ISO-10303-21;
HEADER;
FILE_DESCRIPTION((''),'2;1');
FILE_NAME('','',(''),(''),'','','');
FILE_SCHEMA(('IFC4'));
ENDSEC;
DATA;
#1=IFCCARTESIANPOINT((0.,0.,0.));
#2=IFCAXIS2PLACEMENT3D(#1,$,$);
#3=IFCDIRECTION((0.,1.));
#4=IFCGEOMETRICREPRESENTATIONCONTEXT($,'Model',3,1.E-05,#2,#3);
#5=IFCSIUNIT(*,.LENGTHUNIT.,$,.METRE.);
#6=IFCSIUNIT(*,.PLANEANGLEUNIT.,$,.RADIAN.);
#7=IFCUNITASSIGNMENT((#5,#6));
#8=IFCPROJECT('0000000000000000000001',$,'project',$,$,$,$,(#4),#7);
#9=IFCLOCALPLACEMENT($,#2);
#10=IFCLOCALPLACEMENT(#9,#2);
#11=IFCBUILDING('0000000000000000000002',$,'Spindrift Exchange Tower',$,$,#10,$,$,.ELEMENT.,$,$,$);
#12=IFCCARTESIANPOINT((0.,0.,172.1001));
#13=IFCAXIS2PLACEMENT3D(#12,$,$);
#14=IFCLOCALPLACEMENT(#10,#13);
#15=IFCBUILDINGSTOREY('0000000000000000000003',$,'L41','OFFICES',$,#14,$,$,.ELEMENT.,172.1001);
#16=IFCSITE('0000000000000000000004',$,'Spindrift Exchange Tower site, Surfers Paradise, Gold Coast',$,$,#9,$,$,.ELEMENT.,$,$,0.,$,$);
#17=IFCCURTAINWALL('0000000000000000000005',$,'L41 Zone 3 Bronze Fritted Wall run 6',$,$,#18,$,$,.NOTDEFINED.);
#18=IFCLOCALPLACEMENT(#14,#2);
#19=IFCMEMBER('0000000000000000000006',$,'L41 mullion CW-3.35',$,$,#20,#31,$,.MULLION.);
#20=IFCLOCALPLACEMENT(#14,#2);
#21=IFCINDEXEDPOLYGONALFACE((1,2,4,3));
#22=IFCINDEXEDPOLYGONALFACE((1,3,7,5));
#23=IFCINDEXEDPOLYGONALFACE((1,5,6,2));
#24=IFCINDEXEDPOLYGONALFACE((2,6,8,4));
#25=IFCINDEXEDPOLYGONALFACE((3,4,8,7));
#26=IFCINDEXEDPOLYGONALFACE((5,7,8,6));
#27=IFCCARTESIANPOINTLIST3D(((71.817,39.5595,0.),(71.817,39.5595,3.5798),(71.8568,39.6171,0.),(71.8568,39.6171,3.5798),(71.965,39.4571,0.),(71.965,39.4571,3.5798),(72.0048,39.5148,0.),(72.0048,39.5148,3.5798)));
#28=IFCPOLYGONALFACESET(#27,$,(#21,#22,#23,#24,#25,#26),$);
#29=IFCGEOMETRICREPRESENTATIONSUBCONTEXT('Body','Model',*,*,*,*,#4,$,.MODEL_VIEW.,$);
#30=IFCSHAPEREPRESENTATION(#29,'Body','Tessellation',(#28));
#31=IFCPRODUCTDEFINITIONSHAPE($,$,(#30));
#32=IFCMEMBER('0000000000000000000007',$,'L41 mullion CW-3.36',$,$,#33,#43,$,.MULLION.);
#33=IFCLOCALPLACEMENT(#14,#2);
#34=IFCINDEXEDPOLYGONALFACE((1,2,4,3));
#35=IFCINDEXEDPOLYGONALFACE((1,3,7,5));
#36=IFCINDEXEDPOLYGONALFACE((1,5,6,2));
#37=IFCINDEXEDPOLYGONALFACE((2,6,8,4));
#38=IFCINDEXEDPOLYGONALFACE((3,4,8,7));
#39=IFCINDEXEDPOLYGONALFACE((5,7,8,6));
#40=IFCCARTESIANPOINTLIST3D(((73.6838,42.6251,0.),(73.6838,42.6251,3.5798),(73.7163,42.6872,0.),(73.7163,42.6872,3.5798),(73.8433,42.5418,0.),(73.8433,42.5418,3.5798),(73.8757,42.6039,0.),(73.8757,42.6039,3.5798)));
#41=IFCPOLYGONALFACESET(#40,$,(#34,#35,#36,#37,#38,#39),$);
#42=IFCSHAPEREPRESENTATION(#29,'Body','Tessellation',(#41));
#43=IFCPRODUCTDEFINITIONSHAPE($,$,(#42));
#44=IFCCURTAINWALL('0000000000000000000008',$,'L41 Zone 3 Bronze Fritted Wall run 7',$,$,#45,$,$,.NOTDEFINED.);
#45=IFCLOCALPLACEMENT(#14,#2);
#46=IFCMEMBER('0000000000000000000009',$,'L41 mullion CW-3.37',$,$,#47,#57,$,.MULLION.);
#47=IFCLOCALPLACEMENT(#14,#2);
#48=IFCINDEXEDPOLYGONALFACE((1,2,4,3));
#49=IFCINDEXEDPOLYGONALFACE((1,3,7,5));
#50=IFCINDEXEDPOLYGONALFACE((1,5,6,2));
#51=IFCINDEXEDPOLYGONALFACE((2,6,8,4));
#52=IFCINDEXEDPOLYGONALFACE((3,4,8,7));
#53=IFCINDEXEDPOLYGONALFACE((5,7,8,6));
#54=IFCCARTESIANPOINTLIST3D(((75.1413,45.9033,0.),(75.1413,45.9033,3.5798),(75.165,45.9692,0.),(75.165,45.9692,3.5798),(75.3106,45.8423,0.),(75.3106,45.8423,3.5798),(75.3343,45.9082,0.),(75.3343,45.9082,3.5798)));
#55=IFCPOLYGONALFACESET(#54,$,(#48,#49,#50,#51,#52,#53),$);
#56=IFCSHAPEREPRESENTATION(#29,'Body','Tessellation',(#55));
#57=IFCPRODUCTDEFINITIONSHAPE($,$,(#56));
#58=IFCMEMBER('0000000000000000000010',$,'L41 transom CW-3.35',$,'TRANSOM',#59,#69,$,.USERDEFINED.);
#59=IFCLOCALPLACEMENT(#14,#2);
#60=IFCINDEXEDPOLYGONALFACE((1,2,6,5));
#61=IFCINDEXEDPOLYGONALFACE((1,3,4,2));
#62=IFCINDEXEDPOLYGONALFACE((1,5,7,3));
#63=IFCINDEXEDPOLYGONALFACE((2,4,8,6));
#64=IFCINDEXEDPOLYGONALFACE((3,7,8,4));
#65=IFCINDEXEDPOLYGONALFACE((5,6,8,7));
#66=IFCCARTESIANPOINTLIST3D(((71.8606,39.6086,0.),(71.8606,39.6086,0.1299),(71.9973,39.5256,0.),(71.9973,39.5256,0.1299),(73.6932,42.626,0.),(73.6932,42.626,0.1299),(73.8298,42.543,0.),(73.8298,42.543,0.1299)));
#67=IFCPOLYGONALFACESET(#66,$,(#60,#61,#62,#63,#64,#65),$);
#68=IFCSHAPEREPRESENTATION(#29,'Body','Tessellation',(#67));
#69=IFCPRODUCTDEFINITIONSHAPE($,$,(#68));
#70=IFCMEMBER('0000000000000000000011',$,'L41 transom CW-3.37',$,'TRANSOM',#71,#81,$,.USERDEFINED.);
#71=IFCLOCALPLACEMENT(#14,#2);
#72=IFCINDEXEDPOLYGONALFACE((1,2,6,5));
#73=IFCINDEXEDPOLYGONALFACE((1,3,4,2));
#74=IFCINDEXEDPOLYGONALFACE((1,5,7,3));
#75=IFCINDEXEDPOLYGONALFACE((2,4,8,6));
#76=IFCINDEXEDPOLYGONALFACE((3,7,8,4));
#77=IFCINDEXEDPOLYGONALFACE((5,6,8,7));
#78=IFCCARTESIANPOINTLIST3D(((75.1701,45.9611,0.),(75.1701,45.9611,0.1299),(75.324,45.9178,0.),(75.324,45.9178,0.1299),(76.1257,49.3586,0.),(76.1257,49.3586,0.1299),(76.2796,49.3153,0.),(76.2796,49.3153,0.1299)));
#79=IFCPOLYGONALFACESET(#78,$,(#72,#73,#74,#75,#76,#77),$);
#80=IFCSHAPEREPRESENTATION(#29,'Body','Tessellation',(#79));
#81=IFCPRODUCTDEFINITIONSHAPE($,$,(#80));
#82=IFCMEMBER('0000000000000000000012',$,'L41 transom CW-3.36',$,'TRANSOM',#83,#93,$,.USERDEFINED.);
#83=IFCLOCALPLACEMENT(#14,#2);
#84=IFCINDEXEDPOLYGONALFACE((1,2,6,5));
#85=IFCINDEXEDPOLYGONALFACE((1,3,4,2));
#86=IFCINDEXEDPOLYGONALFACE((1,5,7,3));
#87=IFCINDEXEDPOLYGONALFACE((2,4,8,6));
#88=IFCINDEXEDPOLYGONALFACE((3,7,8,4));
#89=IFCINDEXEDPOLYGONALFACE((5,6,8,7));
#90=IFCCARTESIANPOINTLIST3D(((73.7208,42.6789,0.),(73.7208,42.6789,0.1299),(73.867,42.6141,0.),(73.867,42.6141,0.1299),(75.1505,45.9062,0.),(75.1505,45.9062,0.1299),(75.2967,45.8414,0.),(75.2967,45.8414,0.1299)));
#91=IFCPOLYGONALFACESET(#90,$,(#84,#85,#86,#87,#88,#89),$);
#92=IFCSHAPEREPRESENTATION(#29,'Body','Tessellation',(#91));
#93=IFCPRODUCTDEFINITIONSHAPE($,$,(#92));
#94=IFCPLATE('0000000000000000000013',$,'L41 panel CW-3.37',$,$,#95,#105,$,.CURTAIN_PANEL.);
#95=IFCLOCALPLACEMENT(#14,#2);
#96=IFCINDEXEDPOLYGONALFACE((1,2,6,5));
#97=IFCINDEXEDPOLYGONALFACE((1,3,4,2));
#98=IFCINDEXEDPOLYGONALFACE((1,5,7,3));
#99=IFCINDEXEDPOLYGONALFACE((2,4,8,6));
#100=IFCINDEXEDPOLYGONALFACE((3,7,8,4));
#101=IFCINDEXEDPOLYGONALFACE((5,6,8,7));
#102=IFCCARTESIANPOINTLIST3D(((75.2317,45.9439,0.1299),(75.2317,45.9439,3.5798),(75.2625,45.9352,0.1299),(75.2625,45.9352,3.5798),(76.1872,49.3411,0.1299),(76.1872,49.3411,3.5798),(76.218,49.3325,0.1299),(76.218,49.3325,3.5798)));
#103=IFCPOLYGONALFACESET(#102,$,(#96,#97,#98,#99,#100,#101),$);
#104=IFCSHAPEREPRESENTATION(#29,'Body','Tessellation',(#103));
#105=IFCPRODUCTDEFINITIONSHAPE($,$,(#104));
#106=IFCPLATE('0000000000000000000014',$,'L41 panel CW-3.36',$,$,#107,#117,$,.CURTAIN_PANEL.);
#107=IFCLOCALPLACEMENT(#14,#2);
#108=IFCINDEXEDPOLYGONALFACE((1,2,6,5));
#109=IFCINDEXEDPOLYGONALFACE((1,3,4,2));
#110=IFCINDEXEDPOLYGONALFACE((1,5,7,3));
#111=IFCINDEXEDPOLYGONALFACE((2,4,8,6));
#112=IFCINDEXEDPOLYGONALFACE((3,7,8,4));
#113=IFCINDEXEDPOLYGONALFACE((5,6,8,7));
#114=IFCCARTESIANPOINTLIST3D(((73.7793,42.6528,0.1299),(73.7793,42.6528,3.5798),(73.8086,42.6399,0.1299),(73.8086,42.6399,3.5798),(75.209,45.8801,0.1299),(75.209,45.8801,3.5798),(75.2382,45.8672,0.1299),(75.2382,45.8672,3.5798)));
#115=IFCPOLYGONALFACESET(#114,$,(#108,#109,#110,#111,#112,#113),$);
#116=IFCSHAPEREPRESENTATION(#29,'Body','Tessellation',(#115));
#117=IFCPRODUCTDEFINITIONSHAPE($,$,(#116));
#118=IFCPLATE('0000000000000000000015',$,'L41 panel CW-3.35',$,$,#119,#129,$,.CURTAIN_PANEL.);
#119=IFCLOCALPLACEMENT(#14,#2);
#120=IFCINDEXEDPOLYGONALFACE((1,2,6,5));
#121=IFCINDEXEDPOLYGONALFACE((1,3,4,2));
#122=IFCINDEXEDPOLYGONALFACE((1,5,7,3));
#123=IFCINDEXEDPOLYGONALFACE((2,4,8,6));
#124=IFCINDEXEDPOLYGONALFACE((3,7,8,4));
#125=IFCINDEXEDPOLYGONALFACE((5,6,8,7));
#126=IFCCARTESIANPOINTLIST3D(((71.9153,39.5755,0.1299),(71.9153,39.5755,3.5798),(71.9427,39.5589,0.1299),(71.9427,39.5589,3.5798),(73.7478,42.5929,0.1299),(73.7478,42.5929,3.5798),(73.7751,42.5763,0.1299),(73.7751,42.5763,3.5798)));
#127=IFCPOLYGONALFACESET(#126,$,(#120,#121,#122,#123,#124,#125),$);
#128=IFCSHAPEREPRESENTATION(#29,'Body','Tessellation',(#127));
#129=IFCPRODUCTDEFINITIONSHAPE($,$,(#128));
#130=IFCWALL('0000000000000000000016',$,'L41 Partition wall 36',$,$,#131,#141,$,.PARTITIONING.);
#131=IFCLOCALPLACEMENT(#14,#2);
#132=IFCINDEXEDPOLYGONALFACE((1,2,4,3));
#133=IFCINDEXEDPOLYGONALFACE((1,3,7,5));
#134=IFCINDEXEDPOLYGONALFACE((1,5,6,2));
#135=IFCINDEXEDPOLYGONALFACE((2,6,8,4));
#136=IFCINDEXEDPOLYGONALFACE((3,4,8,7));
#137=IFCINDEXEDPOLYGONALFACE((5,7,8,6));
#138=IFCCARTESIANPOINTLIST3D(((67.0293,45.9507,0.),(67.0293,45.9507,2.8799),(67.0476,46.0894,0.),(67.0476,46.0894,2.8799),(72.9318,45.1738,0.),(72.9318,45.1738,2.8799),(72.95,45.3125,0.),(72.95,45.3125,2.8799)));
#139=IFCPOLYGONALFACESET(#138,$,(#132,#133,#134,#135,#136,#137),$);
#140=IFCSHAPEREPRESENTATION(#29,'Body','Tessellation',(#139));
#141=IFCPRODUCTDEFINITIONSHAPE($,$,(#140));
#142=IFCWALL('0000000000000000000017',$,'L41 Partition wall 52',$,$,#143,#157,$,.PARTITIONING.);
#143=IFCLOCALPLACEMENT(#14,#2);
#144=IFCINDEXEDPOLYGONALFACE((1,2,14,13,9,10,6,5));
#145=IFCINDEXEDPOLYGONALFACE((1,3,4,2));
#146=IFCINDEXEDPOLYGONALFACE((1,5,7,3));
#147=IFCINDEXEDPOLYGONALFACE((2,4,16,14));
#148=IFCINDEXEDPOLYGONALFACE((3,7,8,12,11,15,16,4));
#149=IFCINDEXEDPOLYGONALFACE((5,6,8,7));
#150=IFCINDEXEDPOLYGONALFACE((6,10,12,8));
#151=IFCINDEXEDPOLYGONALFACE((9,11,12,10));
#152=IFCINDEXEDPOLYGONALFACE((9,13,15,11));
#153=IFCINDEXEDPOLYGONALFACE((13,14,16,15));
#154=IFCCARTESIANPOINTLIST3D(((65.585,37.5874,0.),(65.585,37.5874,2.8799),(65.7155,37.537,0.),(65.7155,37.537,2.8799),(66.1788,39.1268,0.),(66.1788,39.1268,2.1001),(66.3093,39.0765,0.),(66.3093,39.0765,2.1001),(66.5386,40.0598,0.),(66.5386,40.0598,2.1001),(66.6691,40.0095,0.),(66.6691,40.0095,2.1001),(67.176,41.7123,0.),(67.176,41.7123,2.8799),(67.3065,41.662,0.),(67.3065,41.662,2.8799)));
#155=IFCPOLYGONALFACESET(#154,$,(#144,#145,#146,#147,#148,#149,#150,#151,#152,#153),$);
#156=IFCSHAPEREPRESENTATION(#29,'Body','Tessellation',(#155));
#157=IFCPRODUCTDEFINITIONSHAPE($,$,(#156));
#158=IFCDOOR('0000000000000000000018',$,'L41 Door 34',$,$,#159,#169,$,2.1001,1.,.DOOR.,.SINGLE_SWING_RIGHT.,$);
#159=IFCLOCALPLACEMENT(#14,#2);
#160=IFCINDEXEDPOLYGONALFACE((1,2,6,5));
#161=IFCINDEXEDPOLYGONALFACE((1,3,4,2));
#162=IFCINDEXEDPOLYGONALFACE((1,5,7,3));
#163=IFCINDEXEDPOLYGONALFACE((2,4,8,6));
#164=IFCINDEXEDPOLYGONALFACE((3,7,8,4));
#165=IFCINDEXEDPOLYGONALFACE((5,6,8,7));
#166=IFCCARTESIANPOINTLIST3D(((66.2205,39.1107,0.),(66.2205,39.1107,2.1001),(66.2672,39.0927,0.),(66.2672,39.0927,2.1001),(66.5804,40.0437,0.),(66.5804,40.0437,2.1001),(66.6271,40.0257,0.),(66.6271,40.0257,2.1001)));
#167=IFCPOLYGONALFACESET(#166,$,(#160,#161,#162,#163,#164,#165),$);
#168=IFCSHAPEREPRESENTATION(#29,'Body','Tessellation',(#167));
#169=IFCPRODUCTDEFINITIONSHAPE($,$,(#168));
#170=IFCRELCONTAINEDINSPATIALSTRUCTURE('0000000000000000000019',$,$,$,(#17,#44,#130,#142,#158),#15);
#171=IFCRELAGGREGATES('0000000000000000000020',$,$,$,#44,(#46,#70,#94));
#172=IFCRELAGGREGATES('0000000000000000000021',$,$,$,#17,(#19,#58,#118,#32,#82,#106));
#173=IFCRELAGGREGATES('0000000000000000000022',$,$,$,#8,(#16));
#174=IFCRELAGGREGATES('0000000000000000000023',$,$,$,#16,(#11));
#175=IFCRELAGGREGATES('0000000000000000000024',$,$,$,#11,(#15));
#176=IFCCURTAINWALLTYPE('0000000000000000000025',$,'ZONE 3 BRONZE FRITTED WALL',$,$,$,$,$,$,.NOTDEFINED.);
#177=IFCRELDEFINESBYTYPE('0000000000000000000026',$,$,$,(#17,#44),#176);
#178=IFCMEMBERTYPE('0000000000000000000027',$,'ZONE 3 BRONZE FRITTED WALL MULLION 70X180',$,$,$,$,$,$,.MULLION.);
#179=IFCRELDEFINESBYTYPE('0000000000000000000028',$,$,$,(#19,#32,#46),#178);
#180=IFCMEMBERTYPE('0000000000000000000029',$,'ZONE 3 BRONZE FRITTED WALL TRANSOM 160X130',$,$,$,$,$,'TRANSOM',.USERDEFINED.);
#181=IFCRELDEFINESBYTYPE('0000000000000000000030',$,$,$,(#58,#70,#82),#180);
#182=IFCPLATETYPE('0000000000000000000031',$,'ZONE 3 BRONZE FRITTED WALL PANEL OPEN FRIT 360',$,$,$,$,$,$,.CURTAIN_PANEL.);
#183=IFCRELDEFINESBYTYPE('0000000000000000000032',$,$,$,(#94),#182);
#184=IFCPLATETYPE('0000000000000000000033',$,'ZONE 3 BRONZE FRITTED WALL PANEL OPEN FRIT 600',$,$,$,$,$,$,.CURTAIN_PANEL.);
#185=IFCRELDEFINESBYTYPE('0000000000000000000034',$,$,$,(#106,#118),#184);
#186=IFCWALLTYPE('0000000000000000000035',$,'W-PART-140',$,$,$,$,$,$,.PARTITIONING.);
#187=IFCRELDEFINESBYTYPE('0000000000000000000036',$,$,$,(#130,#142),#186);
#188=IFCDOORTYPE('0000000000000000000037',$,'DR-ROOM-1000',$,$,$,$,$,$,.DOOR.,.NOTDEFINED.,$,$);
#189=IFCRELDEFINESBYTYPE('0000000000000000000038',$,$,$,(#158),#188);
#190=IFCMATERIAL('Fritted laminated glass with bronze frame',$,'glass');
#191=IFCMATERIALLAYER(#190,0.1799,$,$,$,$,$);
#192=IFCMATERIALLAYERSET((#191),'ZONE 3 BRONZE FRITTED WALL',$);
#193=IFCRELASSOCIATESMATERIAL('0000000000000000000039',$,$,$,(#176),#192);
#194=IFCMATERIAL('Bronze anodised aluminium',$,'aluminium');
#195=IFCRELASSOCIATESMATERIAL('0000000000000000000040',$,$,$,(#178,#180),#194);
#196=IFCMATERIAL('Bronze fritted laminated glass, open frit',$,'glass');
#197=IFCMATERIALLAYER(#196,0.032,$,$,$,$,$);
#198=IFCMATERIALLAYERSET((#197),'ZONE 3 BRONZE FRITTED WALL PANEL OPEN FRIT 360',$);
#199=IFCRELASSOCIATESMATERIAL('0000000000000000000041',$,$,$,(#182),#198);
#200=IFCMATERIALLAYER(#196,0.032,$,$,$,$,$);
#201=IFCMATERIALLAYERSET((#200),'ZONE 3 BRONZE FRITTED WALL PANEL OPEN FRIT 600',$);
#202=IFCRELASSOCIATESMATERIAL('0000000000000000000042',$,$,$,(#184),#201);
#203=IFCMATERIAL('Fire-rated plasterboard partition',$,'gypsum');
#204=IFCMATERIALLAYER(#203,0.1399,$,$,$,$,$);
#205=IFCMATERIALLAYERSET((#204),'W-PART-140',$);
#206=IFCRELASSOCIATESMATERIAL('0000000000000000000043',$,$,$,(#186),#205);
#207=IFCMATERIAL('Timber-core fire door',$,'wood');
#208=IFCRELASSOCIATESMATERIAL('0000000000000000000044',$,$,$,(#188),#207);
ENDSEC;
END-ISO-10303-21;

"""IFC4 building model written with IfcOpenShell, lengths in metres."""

from ifc_helpers import new_model, si_unit, direction, frame, frame_2d, origin, origin_2d, place, context, subcontext, project, spatial, rectangle, extrude, source, transform, mapped, material, layer, layer_set, material_profile, profile_set, type_object, element, fill, aggregate, save


model = new_model("IFC4")

# Units and contexts
model_context = context("Model", 3, precision=1e-05, world=origin(), true_north=direction((0.0, 1.0)))
body_context = subcontext(model_context, "Body", "Model", "MODEL_VIEW")
ifc_project = project(units=[si_unit("LENGTHUNIT", "METRE"), si_unit("PLANEANGLEUNIT", "RADIAN")], contexts=[model_context])

# Site, building, storey
site_placement = place(None, origin())
site = spatial("IfcSite", under=ifc_project, at=site_placement, Name="Spindrift Exchange Tower site, Surfers Paradise, Gold Coast", CompositionType="ELEMENT", RefElevation=0.0)
building_placement = place(site_placement, origin())
building = spatial("IfcBuilding", under=site, at=building_placement, Name="Spindrift Exchange Tower", CompositionType="ELEMENT")
storey_placement = place(building_placement, frame((0.0, 0.0, 172.1001)))
storey = spatial("IfcBuildingStorey", under=building, at=storey_placement, Name="L41", Description="OFFICES", CompositionType="ELEMENT", Elevation=172.1001)

# Curtain wall, members
ifc_material_1 = material(Name="Fritted laminated glass with bronze frame", Category="glass")
ifc_layer_1 = layer(ifc_material_1, 0.1799)
ifc_layer_set_1 = layer_set([ifc_layer_1], Name="ZONE 3 BRONZE FRITTED WALL")
curtain_wall_type = type_object("IfcCurtainWallType", Name="ZONE 3 BRONZE FRITTED WALL", PredefinedType="NOTDEFINED", material=ifc_layer_set_1)
curtain_wall_1_placement = place(storey_placement, origin())
curtain_wall_1 = element("IfcCurtainWall", 1, at=curtain_wall_1_placement, inside=storey, type_object=curtain_wall_type, Name="L41 Zone 3 Bronze Fritted Wall run 6", PredefinedType="NOTDEFINED")
ifc_material_2 = material(Name="Bronze anodised aluminium", Category="aluminium")
ifc_material_profile_1 = material_profile(ifc_material_2, rectangle(XDim=0.0701, YDim=0.1799, at=origin_2d()), Name="ZONE 3 BRONZE FRITTED WALL MULLION 70X180")
ifc_profile_set_1 = profile_set([ifc_material_profile_1], Name="Bronze anodised aluminium")
member_type_1 = type_object("IfcMemberType", Name="ZONE 3 BRONZE FRITTED WALL MULLION 70X180", PredefinedType="MULLION", material=ifc_profile_set_1)
shared_shape_1 = source(origin(), body_context, "Body", "SweptSolid", [
    extrude(rectangle(XDim=0.0701, YDim=0.1799, at=origin_2d()), origin(), (0.0, 0.0, 1.0), 3.5798),
])
member_1_placement = place(storey_placement, frame((71.9109, 39.5371, 0.0), z_axis=(0.0, 0.0, 1.0), x_axis=(0.568699, 0.822546, 0.0)))
member_1 = element("IfcMember", 2, at=member_1_placement, type_object=member_type_1, Name="L41 mullion CW-3.35", PredefinedType="MULLION", context=body_context, shape_type="MappedRepresentation", body=[
    mapped(shared_shape_1, transform((0.0, 0.0, 0.0), scale=1.0)),
])
member_2_placement = place(storey_placement, frame((73.7798, 42.6145, 0.0), z_axis=(0.0, 0.0, 1.0), x_axis=(0.463005, 0.886356, 0.0)))
member_2 = element("IfcMember", 3, at=member_2_placement, type_object=member_type_1, Name="L41 mullion CW-3.36", PredefinedType="MULLION", context=body_context, shape_type="MappedRepresentation", body=[
    mapped(shared_shape_1, transform((0.0, 0.0, 0.0), scale=1.0)),
])

# Curtain wall, member
curtain_wall_2_placement = place(storey_placement, origin())
curtain_wall_2 = element("IfcCurtainWall", 4, at=curtain_wall_2_placement, inside=storey, type_object=curtain_wall_type, Name="L41 Zone 3 Bronze Fritted Wall run 7", PredefinedType="NOTDEFINED")
member_3_placement = place(storey_placement, frame((75.2378, 45.9058, 0.0), z_axis=(0.0, 0.0, 1.0), x_axis=(0.338743, 0.940879, 0.0)))
member_3 = element("IfcMember", 5, at=member_3_placement, type_object=member_type_1, Name="L41 mullion CW-3.37", PredefinedType="MULLION", context=body_context, shape_type="MappedRepresentation", body=[
    mapped(shared_shape_1, transform((0.0, 0.0, 0.0), scale=1.0)),
])

# Members
ifc_material_profile_2 = material_profile(ifc_material_2, rectangle(XDim=0.1599, YDim=0.1299, at=origin_2d()), Name="ZONE 3 BRONZE FRITTED WALL TRANSOM 160X130")
ifc_profile_set_2 = profile_set([ifc_material_profile_2], Name="Bronze anodised aluminium")
member_type_2 = type_object("IfcMemberType", Name="ZONE 3 BRONZE FRITTED WALL TRANSOM 160X130", ElementType="TRANSOM", PredefinedType="USERDEFINED", material=ifc_profile_set_2)
shared_shape_2 = source(origin(), body_context, "Body", "SweptSolid", [
    extrude(rectangle(XDim=0.1599, YDim=0.1299, at=origin_2d()), origin(), (0.0, 0.0, 1.0), 3.5303),
])
member_4_placement = place(storey_placement, frame((71.929, 39.5671, 0.0649), z_axis=(0.519095, 0.854716, 0.0), x_axis=(-0.854716, 0.519095, 0.0)))
member_4 = element("IfcMember", 6, at=member_4_placement, type_object=member_type_2, Name="L41 transom CW-3.35", ObjectType="TRANSOM", PredefinedType="USERDEFINED", context=body_context, shape_type="MappedRepresentation", body=[
    mapped(shared_shape_2, transform((0.0, 0.0, 0.0), scale=1.0)),
])
shared_shape_3 = source(origin(), body_context, "Body", "SweptSolid", [
    extrude(rectangle(XDim=0.1599, YDim=0.1299, at=origin_2d()), origin(), (0.0, 0.0, 1.0), 3.5293),
])
member_5_placement = place(storey_placement, frame((75.2471, 45.9395, 0.0649), z_axis=(0.270754, 0.962649, 0.0), x_axis=(-0.962649, 0.270754, 0.0)))
member_5 = element("IfcMember", 7, at=member_5_placement, type_object=member_type_2, Name="L41 transom CW-3.37", ObjectType="TRANSOM", PredefinedType="USERDEFINED", context=body_context, shape_type="MappedRepresentation", body=[
    mapped(shared_shape_3, transform((0.0, 0.0, 0.0), scale=1.0)),
])
shared_shape_4 = source(origin(), body_context, "Body", "SweptSolid", [
    extrude(rectangle(XDim=0.1599, YDim=0.1299, at=origin_2d()), origin(), (0.0, 0.0, 1.0), 3.5298),
])
member_6_placement = place(storey_placement, frame((73.7939, 42.6465, 0.0649), z_axis=(0.405034, 0.914301, 0.0), x_axis=(-0.914301, 0.405034, 0.0)))
member_6 = element("IfcMember", 8, at=member_6_placement, type_object=member_type_2, Name="L41 transom CW-3.36", ObjectType="TRANSOM", PredefinedType="USERDEFINED", context=body_context, shape_type="MappedRepresentation", body=[
    mapped(shared_shape_4, transform((0.0, 0.0, 0.0), scale=1.0)),
])

# Plates
ifc_material_3 = material(Name="Bronze fritted laminated glass, open frit", Category="glass")
ifc_layer_2 = layer(ifc_material_3, 0.032)
ifc_layer_set_2 = layer_set([ifc_layer_2], Name="ZONE 3 BRONZE FRITTED WALL PANEL OPEN FRIT 360")
plate_type_1 = type_object("IfcPlateType", Name="ZONE 3 BRONZE FRITTED WALL PANEL OPEN FRIT 360", PredefinedType="CURTAIN_PANEL", material=ifc_layer_set_2)
shared_shape_5 = source(origin(), body_context, "Body", "SweptSolid", [
    extrude(rectangle(XDim=3.5291, YDim=0.032, at=origin_2d()), origin(), (0.0, 0.0, 1.0), 3.45),
])
plate_1_placement = place(storey_placement, frame((75.7249, 47.6382, 0.1299), z_axis=(0.0, 0.0, 1.0), x_axis=(0.270733, 0.962654, 0.0)))
plate_1 = element("IfcPlate", 9, at=plate_1_placement, type_object=plate_type_1, Name="L41 panel CW-3.37", PredefinedType="CURTAIN_PANEL", context=body_context, shape_type="MappedRepresentation", body=[
    mapped(shared_shape_5, transform((0.0, 0.0, 0.0), scale=1.0)),
])
aggregate(curtain_wall_2, [member_3, member_5, plate_1])
ifc_layer_3 = layer(ifc_material_3, 0.032)
ifc_layer_set_3 = layer_set([ifc_layer_3], Name="ZONE 3 BRONZE FRITTED WALL PANEL OPEN FRIT 600")
plate_type_2 = type_object("IfcPlateType", Name="ZONE 3 BRONZE FRITTED WALL PANEL OPEN FRIT 600", PredefinedType="CURTAIN_PANEL", material=ifc_layer_set_3)
shared_shape_6 = source(origin(), body_context, "Body", "SweptSolid", [
    extrude(rectangle(XDim=3.5298, YDim=0.032, at=origin_2d()), origin(), (0.0, 0.0, 1.0), 3.45),
])
plate_2_placement = place(storey_placement, frame((74.5088, 44.26, 0.1299), z_axis=(0.0, 0.0, 1.0), x_axis=(0.405025, 0.914306, 0.0)))
plate_2 = element("IfcPlate", 10, at=plate_2_placement, type_object=plate_type_2, Name="L41 panel CW-3.36", PredefinedType="CURTAIN_PANEL", context=body_context, shape_type="MappedRepresentation", body=[
    mapped(shared_shape_6, transform((0.0, 0.0, 0.0), scale=1.0)),
])
shared_shape_7 = source(origin(), body_context, "Body", "SweptSolid", [
    extrude(rectangle(XDim=3.5303, YDim=0.032, at=origin_2d()), origin(), (0.0, 0.0, 1.0), 3.45),
])
plate_3_placement = place(storey_placement, frame((72.8452, 41.0759, 0.1299), z_axis=(0.0, 0.0, 1.0), x_axis=(0.519067, 0.854733, 0.0)))
plate_3 = element("IfcPlate", 11, at=plate_3_placement, type_object=plate_type_2, Name="L41 panel CW-3.35", PredefinedType="CURTAIN_PANEL", context=body_context, shape_type="MappedRepresentation", body=[
    mapped(shared_shape_7, transform((0.0, 0.0, 0.0), scale=1.0)),
])
aggregate(curtain_wall_1, [member_1, member_4, plate_3, member_2, member_6, plate_2])

# Wall
ifc_material_4 = material(Name="Fire-rated plasterboard partition", Category="gypsum")
ifc_layer_4 = layer(ifc_material_4, 0.1399)
ifc_layer_set_4 = layer_set([ifc_layer_4], Name="W-PART-140")
wall_type = type_object("IfcWallType", Name="W-PART-140", PredefinedType="PARTITIONING", material=ifc_layer_set_4)
wall_1_placement = place(storey_placement, frame((67.0386, 46.02, 0.0), z_axis=(0.0, 0.0, 1.0), x_axis=(0.991449, -0.130493, 0.0)))
element("IfcWall", 12, at=wall_1_placement, inside=storey, type_object=wall_type, Name="L41 Partition wall 36", PredefinedType="PARTITIONING", context=body_context, shape_type="SweptSolid", body=[
    extrude(rectangle(XDim=5.9534, YDim=0.1399, at=frame_2d((2.9766, 0.0))), origin(), (0.0, 0.0, 1.0), 2.8799),
])

# Wall, opening, door
wall_2_placement = place(storey_placement, frame((67.2412, 41.687, 0.0), z_axis=(0.0, 0.0, 1.0), x_axis=(-0.359871, -0.933002, 0.0)))
wall_2 = element("IfcWall", 13, at=wall_2_placement, inside=storey, type_object=wall_type, Name="L41 Partition wall 52", PredefinedType="PARTITIONING", context=body_context, shape_type="SweptSolid", body=[
    extrude(rectangle(XDim=4.4211, YDim=0.1399, at=frame_2d((2.2104, 0.0))), origin(), (0.0, 0.0, 1.0), 2.8799),
])
opening_1_placement = place(wall_2_placement, frame((1.771, 0.0, 0.0)))
opening_1 = element("IfcOpeningElement", 14, at=opening_1_placement, cuts=wall_2, PredefinedType="OPENING", context=body_context, shape_type="SweptSolid", body=[
    extrude(rectangle(XDim=1.0, YDim=2.1001, at=frame_2d((0.5, 1.05))), frame((0.0, 0.0798, 0.0), z_axis=(0.0, -1.0, 0.0), x_axis=(1.0, 0.0, 0.0)), (0.0, 0.0, 1.0), 0.1599),
])
ifc_material_5 = material(Name="Timber-core fire door", Category="wood")
door_type = type_object("IfcDoorType", Name="DR-ROOM-1000", OperationType="NOTDEFINED", PredefinedType="DOOR", material=ifc_material_5)
shared_shape_8 = source(origin(), body_context, "Body", "SweptSolid", [
    extrude(rectangle(XDim=1.0, YDim=2.1001, at=frame_2d((0.5, 1.05))), frame((0.0, 0.0249, 0.0), z_axis=(0.0, -1.0, 0.0), x_axis=(1.0, 0.0, 0.0)), (0.0, 0.0, 1.0), 0.05),
])
door_1_placement = place(opening_1_placement, origin())
door_1 = element("IfcDoor", 15, at=door_1_placement, inside=storey, type_object=door_type, Name="L41 Door 34", OperationType="SINGLE_SWING_RIGHT", OverallHeight=2.1001, OverallWidth=1.0, PredefinedType="DOOR", context=body_context, shape_type="MappedRepresentation", body=[
    mapped(shared_shape_8, transform((0.0, 0.0, 0.0), scale=1.0)),
])
fill(opening_1, door_1)

save(model, "model.ifc")
